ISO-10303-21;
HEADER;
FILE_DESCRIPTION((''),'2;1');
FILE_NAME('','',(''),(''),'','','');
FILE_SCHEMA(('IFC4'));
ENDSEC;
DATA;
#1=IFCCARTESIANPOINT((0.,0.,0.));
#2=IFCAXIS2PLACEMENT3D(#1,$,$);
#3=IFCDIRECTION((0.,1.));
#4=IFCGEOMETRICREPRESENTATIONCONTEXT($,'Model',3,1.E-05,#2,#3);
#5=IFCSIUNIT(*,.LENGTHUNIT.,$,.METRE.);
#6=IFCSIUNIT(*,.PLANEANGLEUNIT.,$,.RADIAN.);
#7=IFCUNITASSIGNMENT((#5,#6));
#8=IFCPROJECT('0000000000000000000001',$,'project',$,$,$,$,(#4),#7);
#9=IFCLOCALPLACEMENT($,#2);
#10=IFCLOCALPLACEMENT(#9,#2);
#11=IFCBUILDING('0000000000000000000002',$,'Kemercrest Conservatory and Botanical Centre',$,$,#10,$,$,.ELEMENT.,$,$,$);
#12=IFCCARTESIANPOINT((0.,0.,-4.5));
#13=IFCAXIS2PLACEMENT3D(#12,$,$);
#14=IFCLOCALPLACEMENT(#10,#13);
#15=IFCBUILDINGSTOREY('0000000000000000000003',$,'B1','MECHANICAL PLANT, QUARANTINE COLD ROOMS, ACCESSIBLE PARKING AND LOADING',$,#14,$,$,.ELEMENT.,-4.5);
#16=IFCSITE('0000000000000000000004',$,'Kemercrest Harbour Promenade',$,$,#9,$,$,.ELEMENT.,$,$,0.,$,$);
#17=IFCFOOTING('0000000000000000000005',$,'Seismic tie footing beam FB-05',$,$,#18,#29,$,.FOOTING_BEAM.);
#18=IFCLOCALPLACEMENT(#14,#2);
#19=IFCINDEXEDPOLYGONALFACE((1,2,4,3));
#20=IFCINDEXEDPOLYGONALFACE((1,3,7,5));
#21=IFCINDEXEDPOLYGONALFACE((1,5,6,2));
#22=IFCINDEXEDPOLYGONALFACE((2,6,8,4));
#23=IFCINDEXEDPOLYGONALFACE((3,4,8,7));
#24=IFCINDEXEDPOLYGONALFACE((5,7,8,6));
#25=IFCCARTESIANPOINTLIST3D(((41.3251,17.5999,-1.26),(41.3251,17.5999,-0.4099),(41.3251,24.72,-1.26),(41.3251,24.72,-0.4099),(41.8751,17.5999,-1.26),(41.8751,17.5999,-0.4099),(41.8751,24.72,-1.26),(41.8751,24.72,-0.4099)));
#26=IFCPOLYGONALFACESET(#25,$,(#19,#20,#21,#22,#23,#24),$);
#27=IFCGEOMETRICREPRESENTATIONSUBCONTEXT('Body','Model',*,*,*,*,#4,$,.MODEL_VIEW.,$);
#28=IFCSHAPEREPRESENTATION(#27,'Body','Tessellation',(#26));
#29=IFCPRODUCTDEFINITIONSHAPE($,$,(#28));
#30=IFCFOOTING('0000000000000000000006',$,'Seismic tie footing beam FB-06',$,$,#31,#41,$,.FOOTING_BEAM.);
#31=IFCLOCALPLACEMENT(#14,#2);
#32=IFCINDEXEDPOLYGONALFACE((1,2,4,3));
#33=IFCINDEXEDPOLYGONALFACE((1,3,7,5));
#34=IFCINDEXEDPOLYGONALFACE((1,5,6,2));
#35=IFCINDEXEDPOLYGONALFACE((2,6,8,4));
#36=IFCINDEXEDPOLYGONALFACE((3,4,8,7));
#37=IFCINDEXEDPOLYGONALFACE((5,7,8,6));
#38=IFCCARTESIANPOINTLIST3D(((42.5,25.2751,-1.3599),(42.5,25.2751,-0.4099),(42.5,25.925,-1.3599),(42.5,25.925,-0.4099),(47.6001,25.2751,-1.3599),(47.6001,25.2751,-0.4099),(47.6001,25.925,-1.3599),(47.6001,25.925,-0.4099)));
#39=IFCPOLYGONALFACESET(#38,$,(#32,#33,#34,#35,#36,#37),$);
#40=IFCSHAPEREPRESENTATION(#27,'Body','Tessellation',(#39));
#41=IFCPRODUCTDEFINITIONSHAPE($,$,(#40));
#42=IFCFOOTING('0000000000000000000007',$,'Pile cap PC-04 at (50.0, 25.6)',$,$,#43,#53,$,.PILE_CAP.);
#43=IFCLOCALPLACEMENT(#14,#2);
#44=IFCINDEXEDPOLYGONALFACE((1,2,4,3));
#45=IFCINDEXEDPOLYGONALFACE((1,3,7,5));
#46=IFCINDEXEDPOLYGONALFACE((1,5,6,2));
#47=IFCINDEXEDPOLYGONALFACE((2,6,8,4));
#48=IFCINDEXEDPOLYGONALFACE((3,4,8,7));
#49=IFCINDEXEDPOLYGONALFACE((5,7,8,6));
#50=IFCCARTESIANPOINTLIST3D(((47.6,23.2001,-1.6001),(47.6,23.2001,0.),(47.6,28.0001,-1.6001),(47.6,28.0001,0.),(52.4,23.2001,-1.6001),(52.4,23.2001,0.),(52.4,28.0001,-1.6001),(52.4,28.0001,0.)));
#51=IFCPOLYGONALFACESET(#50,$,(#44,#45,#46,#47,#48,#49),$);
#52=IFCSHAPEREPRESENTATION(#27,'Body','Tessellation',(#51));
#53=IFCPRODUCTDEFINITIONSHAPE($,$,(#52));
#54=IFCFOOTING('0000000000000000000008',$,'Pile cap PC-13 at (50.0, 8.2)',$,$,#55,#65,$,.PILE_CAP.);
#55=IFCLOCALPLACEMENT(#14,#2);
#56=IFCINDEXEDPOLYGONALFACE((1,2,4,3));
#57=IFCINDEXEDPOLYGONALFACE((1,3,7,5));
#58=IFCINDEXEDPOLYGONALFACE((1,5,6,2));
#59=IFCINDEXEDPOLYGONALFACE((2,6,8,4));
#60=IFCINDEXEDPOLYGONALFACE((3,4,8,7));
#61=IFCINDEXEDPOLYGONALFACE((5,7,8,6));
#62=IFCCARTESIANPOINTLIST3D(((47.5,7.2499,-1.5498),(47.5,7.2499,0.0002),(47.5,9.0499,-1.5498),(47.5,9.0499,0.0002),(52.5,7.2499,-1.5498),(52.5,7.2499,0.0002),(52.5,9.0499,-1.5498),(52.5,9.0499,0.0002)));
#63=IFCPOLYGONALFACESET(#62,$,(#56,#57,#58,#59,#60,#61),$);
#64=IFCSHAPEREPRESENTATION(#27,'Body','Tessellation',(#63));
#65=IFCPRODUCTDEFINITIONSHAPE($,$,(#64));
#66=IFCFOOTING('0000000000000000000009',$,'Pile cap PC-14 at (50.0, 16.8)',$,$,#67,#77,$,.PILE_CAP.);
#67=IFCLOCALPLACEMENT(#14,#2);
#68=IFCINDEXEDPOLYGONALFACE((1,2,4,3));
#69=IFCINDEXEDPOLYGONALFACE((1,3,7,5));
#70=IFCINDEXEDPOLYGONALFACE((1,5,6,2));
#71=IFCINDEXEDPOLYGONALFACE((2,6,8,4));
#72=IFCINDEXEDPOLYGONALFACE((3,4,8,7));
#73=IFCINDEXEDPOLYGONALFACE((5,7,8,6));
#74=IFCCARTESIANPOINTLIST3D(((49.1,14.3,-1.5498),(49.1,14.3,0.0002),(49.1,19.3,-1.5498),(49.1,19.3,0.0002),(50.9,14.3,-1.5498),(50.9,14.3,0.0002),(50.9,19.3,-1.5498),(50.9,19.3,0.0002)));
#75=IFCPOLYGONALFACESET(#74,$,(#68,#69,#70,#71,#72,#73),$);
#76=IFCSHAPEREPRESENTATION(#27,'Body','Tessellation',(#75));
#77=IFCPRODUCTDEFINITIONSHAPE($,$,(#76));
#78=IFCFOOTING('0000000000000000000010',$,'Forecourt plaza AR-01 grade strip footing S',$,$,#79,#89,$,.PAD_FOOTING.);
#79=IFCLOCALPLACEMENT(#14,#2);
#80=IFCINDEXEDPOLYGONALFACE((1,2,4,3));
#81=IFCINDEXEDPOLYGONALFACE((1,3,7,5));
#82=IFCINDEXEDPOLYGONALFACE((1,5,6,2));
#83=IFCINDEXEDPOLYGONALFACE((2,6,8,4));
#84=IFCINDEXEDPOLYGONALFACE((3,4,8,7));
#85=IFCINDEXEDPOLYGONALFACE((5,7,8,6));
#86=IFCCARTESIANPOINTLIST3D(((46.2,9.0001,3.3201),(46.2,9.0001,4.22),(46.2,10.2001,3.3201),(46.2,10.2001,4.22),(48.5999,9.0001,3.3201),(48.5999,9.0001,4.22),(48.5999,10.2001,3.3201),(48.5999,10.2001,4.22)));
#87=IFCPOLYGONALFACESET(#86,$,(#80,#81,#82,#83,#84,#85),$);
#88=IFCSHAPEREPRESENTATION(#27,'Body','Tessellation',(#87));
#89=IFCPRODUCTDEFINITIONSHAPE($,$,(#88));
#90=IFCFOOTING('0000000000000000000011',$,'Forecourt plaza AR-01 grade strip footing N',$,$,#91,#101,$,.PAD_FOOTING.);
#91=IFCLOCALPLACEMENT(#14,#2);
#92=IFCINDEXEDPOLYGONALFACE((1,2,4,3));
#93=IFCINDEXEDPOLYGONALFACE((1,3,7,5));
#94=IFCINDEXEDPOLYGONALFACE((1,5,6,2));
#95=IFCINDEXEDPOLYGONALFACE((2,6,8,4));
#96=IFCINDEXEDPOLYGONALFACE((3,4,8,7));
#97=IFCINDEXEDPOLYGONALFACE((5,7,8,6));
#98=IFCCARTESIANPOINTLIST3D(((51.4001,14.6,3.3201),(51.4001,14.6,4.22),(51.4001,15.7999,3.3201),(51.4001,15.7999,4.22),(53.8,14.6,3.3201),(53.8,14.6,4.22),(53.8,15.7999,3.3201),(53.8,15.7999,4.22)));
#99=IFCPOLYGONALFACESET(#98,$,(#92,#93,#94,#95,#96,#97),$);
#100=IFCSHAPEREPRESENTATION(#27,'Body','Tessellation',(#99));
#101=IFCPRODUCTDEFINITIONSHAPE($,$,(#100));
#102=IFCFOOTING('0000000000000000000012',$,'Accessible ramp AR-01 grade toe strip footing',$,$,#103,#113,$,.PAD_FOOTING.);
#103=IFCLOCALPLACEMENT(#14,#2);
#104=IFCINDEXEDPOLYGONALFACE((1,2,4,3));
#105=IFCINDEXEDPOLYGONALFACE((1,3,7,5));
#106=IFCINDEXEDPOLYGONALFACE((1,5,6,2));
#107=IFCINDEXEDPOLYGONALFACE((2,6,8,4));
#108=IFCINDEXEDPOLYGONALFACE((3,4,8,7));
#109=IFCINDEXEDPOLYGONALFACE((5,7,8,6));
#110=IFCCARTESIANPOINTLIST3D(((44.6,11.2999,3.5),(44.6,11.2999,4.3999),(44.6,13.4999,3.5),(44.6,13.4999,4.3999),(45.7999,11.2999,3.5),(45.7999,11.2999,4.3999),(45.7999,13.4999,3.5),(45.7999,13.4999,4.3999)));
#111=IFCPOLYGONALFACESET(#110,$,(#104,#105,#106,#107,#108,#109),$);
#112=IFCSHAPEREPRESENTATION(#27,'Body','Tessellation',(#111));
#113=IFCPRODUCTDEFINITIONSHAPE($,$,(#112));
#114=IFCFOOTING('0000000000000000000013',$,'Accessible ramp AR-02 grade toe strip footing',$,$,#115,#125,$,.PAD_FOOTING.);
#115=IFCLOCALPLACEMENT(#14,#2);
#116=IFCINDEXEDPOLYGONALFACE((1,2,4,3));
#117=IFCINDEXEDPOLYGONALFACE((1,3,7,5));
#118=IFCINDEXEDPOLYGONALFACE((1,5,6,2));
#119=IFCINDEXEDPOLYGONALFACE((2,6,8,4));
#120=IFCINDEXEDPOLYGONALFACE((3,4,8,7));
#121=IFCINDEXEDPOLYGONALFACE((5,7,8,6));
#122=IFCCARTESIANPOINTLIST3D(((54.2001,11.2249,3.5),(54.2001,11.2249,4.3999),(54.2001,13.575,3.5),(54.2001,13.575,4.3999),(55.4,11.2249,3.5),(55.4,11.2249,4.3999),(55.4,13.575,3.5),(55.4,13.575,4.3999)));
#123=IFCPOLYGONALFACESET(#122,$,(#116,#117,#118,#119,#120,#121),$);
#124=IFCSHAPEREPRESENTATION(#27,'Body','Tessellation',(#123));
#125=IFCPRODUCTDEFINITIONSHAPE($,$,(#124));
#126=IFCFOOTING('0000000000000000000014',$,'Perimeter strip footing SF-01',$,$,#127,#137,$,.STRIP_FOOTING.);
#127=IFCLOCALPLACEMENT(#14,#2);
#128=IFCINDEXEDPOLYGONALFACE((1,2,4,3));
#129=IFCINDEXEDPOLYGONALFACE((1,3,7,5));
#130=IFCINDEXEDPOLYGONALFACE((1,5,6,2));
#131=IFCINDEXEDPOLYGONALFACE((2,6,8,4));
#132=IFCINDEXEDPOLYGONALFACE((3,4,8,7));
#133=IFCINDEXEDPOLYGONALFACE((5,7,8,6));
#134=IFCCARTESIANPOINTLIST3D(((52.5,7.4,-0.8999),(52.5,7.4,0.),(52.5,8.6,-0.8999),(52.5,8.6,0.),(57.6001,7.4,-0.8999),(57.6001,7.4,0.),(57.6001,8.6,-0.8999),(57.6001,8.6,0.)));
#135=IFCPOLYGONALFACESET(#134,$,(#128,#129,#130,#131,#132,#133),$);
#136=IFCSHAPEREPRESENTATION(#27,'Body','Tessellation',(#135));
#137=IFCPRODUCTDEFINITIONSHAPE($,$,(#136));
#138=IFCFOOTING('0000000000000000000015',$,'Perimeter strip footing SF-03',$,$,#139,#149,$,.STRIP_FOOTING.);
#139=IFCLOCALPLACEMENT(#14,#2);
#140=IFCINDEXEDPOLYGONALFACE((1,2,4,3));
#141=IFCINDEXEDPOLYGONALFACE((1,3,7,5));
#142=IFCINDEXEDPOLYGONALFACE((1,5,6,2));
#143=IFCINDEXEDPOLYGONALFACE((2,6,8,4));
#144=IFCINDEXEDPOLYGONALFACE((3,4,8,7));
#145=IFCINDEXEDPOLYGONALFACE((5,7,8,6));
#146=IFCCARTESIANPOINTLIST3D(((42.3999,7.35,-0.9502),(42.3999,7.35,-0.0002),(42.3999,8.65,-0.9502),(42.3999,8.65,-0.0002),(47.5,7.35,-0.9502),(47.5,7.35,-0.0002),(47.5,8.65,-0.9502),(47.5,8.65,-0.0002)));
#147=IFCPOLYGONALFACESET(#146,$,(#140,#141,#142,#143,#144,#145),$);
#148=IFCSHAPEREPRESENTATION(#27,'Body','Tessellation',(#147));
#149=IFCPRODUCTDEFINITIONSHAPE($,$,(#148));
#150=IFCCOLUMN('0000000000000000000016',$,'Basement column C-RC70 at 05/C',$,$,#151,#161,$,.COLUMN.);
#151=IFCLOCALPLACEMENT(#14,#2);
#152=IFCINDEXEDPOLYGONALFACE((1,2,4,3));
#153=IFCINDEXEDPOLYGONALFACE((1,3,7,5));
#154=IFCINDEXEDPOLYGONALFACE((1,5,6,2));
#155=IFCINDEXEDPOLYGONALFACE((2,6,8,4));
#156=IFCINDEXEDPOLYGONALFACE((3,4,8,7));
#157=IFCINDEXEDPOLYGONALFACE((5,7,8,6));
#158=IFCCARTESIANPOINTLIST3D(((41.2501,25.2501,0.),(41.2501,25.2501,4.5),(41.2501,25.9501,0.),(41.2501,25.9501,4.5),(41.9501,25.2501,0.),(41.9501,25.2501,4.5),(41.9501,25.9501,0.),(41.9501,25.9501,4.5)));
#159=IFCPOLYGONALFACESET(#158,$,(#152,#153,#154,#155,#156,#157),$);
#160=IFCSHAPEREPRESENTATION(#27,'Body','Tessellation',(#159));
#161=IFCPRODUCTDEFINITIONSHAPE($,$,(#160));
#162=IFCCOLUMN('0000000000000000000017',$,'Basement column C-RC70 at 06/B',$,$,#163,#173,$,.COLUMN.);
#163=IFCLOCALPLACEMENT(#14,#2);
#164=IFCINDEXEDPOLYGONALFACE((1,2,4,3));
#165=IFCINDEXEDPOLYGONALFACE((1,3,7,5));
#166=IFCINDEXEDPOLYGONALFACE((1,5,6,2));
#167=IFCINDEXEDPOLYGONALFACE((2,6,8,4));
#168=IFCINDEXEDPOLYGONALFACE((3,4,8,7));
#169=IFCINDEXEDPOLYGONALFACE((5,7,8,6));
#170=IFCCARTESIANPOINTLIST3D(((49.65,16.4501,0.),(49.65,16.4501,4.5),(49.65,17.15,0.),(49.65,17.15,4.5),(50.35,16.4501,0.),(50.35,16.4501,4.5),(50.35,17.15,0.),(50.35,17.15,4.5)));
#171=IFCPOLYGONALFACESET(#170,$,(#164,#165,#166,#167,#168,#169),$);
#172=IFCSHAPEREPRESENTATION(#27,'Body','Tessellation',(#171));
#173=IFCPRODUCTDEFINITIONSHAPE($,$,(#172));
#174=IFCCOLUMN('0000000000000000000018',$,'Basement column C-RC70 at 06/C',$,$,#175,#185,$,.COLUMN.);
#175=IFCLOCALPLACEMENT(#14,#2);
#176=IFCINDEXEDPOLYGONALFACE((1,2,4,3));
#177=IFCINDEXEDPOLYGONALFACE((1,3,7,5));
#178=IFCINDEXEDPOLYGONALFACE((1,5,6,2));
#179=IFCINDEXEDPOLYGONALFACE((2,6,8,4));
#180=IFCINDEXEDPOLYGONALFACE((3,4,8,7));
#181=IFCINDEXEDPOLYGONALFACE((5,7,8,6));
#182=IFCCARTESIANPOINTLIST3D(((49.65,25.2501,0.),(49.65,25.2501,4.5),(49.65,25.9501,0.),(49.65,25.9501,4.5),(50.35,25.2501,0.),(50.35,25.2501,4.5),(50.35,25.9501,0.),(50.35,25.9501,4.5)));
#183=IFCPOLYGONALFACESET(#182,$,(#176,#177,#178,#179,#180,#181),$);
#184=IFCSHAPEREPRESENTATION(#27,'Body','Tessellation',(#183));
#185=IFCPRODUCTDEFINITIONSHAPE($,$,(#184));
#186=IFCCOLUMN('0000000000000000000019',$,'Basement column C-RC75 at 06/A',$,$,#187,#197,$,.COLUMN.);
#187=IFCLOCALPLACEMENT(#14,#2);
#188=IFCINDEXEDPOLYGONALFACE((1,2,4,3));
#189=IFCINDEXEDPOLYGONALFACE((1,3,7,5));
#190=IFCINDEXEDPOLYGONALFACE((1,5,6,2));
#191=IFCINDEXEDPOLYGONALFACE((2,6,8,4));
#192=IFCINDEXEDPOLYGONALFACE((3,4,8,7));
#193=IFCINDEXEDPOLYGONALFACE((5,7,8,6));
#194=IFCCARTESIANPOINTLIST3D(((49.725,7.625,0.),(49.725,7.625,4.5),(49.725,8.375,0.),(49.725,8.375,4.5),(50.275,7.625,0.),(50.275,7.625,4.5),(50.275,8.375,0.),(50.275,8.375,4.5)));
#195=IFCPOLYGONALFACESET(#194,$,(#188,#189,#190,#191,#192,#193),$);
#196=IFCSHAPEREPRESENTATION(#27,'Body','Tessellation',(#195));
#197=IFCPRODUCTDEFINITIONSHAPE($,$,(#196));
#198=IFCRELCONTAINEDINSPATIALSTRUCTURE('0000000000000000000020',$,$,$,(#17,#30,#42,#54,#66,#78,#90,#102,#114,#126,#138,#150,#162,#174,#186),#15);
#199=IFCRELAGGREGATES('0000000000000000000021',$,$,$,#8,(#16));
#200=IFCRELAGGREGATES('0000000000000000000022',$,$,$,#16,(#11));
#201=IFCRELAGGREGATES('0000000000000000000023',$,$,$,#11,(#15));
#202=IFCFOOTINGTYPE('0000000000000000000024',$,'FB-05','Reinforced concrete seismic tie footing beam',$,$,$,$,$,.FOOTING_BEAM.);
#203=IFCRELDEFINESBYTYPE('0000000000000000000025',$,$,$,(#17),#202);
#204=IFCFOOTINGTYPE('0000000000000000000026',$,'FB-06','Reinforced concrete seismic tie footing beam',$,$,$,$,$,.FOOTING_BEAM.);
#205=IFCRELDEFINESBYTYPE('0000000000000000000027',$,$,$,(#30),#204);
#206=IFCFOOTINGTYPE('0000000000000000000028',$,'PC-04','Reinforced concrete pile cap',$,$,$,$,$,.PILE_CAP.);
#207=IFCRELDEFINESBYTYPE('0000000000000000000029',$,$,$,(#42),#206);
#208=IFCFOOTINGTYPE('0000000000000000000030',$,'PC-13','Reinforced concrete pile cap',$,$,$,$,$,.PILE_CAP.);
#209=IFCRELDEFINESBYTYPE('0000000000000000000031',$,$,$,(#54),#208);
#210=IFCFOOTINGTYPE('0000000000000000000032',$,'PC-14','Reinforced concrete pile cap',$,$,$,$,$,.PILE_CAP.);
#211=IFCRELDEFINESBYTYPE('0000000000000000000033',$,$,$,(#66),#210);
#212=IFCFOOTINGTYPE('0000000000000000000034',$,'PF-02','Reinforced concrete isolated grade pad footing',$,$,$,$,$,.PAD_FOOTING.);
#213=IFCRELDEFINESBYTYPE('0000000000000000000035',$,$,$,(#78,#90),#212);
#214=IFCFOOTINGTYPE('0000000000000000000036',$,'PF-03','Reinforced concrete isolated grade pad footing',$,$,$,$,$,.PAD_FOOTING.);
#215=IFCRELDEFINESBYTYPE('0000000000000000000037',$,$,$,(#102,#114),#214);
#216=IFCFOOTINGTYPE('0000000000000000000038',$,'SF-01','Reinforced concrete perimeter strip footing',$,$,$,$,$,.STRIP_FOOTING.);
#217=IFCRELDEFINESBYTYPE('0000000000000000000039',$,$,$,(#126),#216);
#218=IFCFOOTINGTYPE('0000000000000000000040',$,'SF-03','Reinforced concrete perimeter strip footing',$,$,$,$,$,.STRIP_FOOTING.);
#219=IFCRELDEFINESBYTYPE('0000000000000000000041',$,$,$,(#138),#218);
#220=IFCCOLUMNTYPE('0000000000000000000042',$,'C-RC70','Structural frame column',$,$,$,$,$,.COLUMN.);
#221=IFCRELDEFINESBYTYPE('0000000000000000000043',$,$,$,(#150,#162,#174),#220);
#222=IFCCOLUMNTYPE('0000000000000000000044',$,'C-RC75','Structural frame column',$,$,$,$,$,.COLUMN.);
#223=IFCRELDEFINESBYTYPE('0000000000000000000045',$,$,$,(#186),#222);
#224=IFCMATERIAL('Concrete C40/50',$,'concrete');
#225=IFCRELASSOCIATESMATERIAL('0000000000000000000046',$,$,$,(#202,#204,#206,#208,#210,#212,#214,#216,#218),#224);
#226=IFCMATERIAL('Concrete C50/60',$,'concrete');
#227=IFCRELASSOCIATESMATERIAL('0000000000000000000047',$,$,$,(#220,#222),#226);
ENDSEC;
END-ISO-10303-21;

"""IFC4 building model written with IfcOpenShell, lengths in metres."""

from ifc_helpers import new_model, si_unit, direction, frame, origin, origin_2d, place, context, subcontext, project, spatial, rectangle, extrude, material, material_profile, profile_set, type_object, element, save


model = new_model("IFC4")

# Units and contexts
model_context = context("Model", 3, precision=1e-05, world=origin(), true_north=direction((0.0, 1.0)))
body_context = subcontext(model_context, "Body", "Model", "MODEL_VIEW")
ifc_project = project(units=[si_unit("LENGTHUNIT", "METRE"), si_unit("PLANEANGLEUNIT", "RADIAN")], contexts=[model_context])

# Site, building, storey
site_placement = place(None, origin())
site = spatial("IfcSite", under=ifc_project, at=site_placement, Name="Kemercrest Harbour Promenade", CompositionType="ELEMENT", RefElevation=0.0)
building_placement = place(site_placement, origin())
building = spatial("IfcBuilding", under=site, at=building_placement, Name="Kemercrest Conservatory and Botanical Centre", CompositionType="ELEMENT")
storey_placement = place(building_placement, frame((0.0, 0.0, -4.5)))
storey = spatial("IfcBuildingStorey", under=building, at=storey_placement, Name="B1", Description="MECHANICAL PLANT, QUARANTINE COLD ROOMS, ACCESSIBLE PARKING AND LOADING", CompositionType="ELEMENT", Elevation=-4.5)

# Shared definitions
ifc_material_1 = material(Name="Concrete C40/50", Category="concrete")

# Footings
footing_type_1 = type_object("IfcFootingType", Name="FB-05", Description="Reinforced concrete seismic tie footing beam", PredefinedType="FOOTING_BEAM", material=ifc_material_1)
footing_1_placement = place(storey_placement, frame((41.6001, 21.1599, -1.26), z_axis=(0.0, 0.0, 1.0), x_axis=(1.0, 0.0, 0.0)))
element("IfcFooting", 1, at=footing_1_placement, inside=storey, type_object=footing_type_1, Name="Seismic tie footing beam FB-05", PredefinedType="FOOTING_BEAM", context=body_context, shape_type="SweptSolid", body=[
    extrude(rectangle(XDim=0.55, YDim=7.1201, at=origin_2d()), origin(), (0.0, 0.0, 1.0), 0.8501),
])
footing_type_2 = type_object("IfcFootingType", Name="FB-06", Description="Reinforced concrete seismic tie footing beam", PredefinedType="FOOTING_BEAM", material=ifc_material_1)
footing_2_placement = place(storey_placement, frame((45.05, 25.6001, -1.3599), z_axis=(0.0, 0.0, 1.0), x_axis=(1.0, 0.0, 0.0)))
element("IfcFooting", 2, at=footing_2_placement, inside=storey, type_object=footing_type_2, Name="Seismic tie footing beam FB-06", PredefinedType="FOOTING_BEAM", context=body_context, shape_type="SweptSolid", body=[
    extrude(rectangle(XDim=5.1001, YDim=0.6499, at=origin_2d()), origin(), (0.0, 0.0, 1.0), 0.95),
])
footing_type_3 = type_object("IfcFootingType", Name="PC-04", Description="Reinforced concrete pile cap", PredefinedType="PILE_CAP", material=ifc_material_1)
footing_3_placement = place(storey_placement, frame((50.0, 25.6001, -1.6001), z_axis=(0.0, 0.0, 1.0), x_axis=(1.0, 0.0, 0.0)))
element("IfcFooting", 3, at=footing_3_placement, inside=storey, type_object=footing_type_3, Name="Pile cap PC-04 at (50.0, 25.6)", PredefinedType="PILE_CAP", context=body_context, shape_type="SweptSolid", body=[
    extrude(rectangle(XDim=4.8, YDim=4.8, at=origin_2d()), origin(), (0.0, 0.0, 1.0), 1.6001),
])
footing_type_4 = type_object("IfcFootingType", Name="PC-13", Description="Reinforced concrete pile cap", PredefinedType="PILE_CAP", material=ifc_material_1)
footing_4_placement = place(storey_placement, frame((50.0, 8.1499, -1.5498), z_axis=(0.0, 0.0, 1.0), x_axis=(1.0, 0.0, 0.0)))
element("IfcFooting", 4, at=footing_4_placement, inside=storey, type_object=footing_type_4, Name="Pile cap PC-13 at (50.0, 8.2)", PredefinedType="PILE_CAP", context=body_context, shape_type="SweptSolid", body=[
    extrude(rectangle(XDim=5.0, YDim=1.8, at=origin_2d()), origin(), (0.0, 0.0, 1.0), 1.55),
])
footing_type_5 = type_object("IfcFootingType", Name="PC-14", Description="Reinforced concrete pile cap", PredefinedType="PILE_CAP", material=ifc_material_1)
footing_5_placement = place(storey_placement, frame((50.0, 16.8, -1.5498), z_axis=(0.0, 0.0, 1.0), x_axis=(1.0, 0.0, 0.0)))
element("IfcFooting", 5, at=footing_5_placement, inside=storey, type_object=footing_type_5, Name="Pile cap PC-14 at (50.0, 16.8)", PredefinedType="PILE_CAP", context=body_context, shape_type="SweptSolid", body=[
    extrude(rectangle(XDim=1.8, YDim=5.0, at=origin_2d()), origin(), (0.0, 0.0, 1.0), 1.55),
])
footing_type_6 = type_object("IfcFootingType", Name="PF-02", Description="Reinforced concrete isolated grade pad footing", PredefinedType="PAD_FOOTING", material=ifc_material_1)
for number, where, z_axis, x_axis, name in (
    (6, (47.3999, 9.6001, 3.3201), (0.0, 0.0, 1.0), (1.0, 0.0, 0.0), "Forecourt plaza AR-01 grade strip footing S"),
    (7, (52.6001, 15.2, 3.3201), (0.0, 0.0, 1.0), (1.0, 0.0, 0.0), "Forecourt plaza AR-01 grade strip footing N"),
):
    element("IfcFooting", number, at=place(storey_placement, frame(where, z_axis=z_axis, x_axis=x_axis)), inside=storey, type_object=footing_type_6, Name=name, PredefinedType="PAD_FOOTING", context=body_context, shape_type="SweptSolid", body=[
        extrude(rectangle(XDim=2.3999, YDim=1.2, at=origin_2d()), origin(), (0.0, 0.0, 1.0), 0.8999),
    ])
footing_type_7 = type_object("IfcFootingType", Name="PF-03", Description="Reinforced concrete isolated grade pad footing", PredefinedType="PAD_FOOTING", material=ifc_material_1)
footing_6_placement = place(storey_placement, frame((45.2, 12.3999, 3.5), z_axis=(0.0, 0.0, 1.0), x_axis=(1.0, 0.0, 0.0)))
element("IfcFooting", 8, at=footing_6_placement, inside=storey, type_object=footing_type_7, Name="Accessible ramp AR-01 grade toe strip footing", PredefinedType="PAD_FOOTING", context=body_context, shape_type="SweptSolid", body=[
    extrude(rectangle(XDim=1.2, YDim=2.2, at=origin_2d()), origin(), (0.0, 0.0, 1.0), 0.8999),
])
footing_7_placement = place(storey_placement, frame((54.8, 12.3999, 3.5), z_axis=(0.0, 0.0, 1.0), x_axis=(1.0, 0.0, 0.0)))
element("IfcFooting", 9, at=footing_7_placement, inside=storey, type_object=footing_type_7, Name="Accessible ramp AR-02 grade toe strip footing", PredefinedType="PAD_FOOTING", context=body_context, shape_type="SweptSolid", body=[
    extrude(rectangle(XDim=1.2, YDim=2.3501, at=origin_2d()), origin(), (0.0, 0.0, 1.0), 0.8999),
])
footing_type_8 = type_object("IfcFootingType", Name="SF-01", Description="Reinforced concrete perimeter strip footing", PredefinedType="STRIP_FOOTING", material=ifc_material_1)
footing_8_placement = place(storey_placement, frame((55.05, 8.0, -0.8999), z_axis=(0.0, 0.0, 1.0), x_axis=(1.0, 0.0, 0.0)))
element("IfcFooting", 10, at=footing_8_placement, inside=storey, type_object=footing_type_8, Name="Perimeter strip footing SF-01", PredefinedType="STRIP_FOOTING", context=body_context, shape_type="SweptSolid", body=[
    extrude(rectangle(XDim=5.1001, YDim=1.2, at=origin_2d()), origin(), (0.0, 0.0, 1.0), 0.8999),
])
footing_type_9 = type_object("IfcFootingType", Name="SF-03", Description="Reinforced concrete perimeter strip footing", PredefinedType="STRIP_FOOTING", material=ifc_material_1)
footing_9_placement = place(storey_placement, frame((44.95, 8.0, -0.9502), z_axis=(0.0, 0.0, 1.0), x_axis=(1.0, 0.0, 0.0)))
element("IfcFooting", 11, at=footing_9_placement, inside=storey, type_object=footing_type_9, Name="Perimeter strip footing SF-03", PredefinedType="STRIP_FOOTING", context=body_context, shape_type="SweptSolid", body=[
    extrude(rectangle(XDim=5.1001, YDim=1.3, at=origin_2d()), origin(), (0.0, 0.0, 1.0), 0.95),
])

# Columns
ifc_material_2 = material(Name="Concrete C50/60", Category="concrete")
ifc_material_profile_1 = material_profile(ifc_material_2, rectangle(XDim=0.7, YDim=0.7, at=origin_2d()), Name="RC 700x700")
ifc_profile_set_1 = profile_set([ifc_material_profile_1], Name="Concrete C50/60")
column_type_1 = type_object("IfcColumnType", Name="C-RC70", Description="Structural frame column", PredefinedType="COLUMN", material=ifc_profile_set_1)
for number, where, z_axis, x_axis, name in (
    (12, (41.6001, 25.6001, 0.0), (0.0, 0.0, 1.0), (1.0, 0.0, 0.0), "Basement column C-RC70 at 05/C"),
    (13, (50.0, 16.8, 0.0), (0.0, 0.0, 1.0), (1.0, 0.0, 0.0), "Basement column C-RC70 at 06/B"),
    (14, (50.0, 25.6001, 0.0), (0.0, 0.0, 1.0), (1.0, 0.0, 0.0), "Basement column C-RC70 at 06/C"),
):
    element("IfcColumn", number, at=place(storey_placement, frame(where, z_axis=z_axis, x_axis=x_axis)), inside=storey, type_object=column_type_1, Name=name, PredefinedType="COLUMN", context=body_context, shape_type="SweptSolid", body=[
        extrude(rectangle(XDim=0.7, YDim=0.7, at=origin_2d()), origin(), (0.0, 0.0, 1.0), 4.5),
    ])
ifc_material_profile_2 = material_profile(ifc_material_2, rectangle(XDim=0.55, YDim=0.75, at=origin_2d()), Name="RC 750x550")
ifc_profile_set_2 = profile_set([ifc_material_profile_2], Name="Concrete C50/60")
column_type_2 = type_object("IfcColumnType", Name="C-RC75", Description="Structural frame column", PredefinedType="COLUMN", material=ifc_profile_set_2)
column_placement = place(storey_placement, frame((50.0, 8.0, 0.0), z_axis=(0.0, 0.0, 1.0), x_axis=(1.0, 0.0, 0.0)))
element("IfcColumn", 15, at=column_placement, inside=storey, type_object=column_type_2, Name="Basement column C-RC75 at 06/A", PredefinedType="COLUMN", context=body_context, shape_type="SweptSolid", body=[
    extrude(rectangle(XDim=0.55, YDim=0.75, at=origin_2d()), origin(), (0.0, 0.0, 1.0), 4.5),
])

save(model, "model.ifc")
